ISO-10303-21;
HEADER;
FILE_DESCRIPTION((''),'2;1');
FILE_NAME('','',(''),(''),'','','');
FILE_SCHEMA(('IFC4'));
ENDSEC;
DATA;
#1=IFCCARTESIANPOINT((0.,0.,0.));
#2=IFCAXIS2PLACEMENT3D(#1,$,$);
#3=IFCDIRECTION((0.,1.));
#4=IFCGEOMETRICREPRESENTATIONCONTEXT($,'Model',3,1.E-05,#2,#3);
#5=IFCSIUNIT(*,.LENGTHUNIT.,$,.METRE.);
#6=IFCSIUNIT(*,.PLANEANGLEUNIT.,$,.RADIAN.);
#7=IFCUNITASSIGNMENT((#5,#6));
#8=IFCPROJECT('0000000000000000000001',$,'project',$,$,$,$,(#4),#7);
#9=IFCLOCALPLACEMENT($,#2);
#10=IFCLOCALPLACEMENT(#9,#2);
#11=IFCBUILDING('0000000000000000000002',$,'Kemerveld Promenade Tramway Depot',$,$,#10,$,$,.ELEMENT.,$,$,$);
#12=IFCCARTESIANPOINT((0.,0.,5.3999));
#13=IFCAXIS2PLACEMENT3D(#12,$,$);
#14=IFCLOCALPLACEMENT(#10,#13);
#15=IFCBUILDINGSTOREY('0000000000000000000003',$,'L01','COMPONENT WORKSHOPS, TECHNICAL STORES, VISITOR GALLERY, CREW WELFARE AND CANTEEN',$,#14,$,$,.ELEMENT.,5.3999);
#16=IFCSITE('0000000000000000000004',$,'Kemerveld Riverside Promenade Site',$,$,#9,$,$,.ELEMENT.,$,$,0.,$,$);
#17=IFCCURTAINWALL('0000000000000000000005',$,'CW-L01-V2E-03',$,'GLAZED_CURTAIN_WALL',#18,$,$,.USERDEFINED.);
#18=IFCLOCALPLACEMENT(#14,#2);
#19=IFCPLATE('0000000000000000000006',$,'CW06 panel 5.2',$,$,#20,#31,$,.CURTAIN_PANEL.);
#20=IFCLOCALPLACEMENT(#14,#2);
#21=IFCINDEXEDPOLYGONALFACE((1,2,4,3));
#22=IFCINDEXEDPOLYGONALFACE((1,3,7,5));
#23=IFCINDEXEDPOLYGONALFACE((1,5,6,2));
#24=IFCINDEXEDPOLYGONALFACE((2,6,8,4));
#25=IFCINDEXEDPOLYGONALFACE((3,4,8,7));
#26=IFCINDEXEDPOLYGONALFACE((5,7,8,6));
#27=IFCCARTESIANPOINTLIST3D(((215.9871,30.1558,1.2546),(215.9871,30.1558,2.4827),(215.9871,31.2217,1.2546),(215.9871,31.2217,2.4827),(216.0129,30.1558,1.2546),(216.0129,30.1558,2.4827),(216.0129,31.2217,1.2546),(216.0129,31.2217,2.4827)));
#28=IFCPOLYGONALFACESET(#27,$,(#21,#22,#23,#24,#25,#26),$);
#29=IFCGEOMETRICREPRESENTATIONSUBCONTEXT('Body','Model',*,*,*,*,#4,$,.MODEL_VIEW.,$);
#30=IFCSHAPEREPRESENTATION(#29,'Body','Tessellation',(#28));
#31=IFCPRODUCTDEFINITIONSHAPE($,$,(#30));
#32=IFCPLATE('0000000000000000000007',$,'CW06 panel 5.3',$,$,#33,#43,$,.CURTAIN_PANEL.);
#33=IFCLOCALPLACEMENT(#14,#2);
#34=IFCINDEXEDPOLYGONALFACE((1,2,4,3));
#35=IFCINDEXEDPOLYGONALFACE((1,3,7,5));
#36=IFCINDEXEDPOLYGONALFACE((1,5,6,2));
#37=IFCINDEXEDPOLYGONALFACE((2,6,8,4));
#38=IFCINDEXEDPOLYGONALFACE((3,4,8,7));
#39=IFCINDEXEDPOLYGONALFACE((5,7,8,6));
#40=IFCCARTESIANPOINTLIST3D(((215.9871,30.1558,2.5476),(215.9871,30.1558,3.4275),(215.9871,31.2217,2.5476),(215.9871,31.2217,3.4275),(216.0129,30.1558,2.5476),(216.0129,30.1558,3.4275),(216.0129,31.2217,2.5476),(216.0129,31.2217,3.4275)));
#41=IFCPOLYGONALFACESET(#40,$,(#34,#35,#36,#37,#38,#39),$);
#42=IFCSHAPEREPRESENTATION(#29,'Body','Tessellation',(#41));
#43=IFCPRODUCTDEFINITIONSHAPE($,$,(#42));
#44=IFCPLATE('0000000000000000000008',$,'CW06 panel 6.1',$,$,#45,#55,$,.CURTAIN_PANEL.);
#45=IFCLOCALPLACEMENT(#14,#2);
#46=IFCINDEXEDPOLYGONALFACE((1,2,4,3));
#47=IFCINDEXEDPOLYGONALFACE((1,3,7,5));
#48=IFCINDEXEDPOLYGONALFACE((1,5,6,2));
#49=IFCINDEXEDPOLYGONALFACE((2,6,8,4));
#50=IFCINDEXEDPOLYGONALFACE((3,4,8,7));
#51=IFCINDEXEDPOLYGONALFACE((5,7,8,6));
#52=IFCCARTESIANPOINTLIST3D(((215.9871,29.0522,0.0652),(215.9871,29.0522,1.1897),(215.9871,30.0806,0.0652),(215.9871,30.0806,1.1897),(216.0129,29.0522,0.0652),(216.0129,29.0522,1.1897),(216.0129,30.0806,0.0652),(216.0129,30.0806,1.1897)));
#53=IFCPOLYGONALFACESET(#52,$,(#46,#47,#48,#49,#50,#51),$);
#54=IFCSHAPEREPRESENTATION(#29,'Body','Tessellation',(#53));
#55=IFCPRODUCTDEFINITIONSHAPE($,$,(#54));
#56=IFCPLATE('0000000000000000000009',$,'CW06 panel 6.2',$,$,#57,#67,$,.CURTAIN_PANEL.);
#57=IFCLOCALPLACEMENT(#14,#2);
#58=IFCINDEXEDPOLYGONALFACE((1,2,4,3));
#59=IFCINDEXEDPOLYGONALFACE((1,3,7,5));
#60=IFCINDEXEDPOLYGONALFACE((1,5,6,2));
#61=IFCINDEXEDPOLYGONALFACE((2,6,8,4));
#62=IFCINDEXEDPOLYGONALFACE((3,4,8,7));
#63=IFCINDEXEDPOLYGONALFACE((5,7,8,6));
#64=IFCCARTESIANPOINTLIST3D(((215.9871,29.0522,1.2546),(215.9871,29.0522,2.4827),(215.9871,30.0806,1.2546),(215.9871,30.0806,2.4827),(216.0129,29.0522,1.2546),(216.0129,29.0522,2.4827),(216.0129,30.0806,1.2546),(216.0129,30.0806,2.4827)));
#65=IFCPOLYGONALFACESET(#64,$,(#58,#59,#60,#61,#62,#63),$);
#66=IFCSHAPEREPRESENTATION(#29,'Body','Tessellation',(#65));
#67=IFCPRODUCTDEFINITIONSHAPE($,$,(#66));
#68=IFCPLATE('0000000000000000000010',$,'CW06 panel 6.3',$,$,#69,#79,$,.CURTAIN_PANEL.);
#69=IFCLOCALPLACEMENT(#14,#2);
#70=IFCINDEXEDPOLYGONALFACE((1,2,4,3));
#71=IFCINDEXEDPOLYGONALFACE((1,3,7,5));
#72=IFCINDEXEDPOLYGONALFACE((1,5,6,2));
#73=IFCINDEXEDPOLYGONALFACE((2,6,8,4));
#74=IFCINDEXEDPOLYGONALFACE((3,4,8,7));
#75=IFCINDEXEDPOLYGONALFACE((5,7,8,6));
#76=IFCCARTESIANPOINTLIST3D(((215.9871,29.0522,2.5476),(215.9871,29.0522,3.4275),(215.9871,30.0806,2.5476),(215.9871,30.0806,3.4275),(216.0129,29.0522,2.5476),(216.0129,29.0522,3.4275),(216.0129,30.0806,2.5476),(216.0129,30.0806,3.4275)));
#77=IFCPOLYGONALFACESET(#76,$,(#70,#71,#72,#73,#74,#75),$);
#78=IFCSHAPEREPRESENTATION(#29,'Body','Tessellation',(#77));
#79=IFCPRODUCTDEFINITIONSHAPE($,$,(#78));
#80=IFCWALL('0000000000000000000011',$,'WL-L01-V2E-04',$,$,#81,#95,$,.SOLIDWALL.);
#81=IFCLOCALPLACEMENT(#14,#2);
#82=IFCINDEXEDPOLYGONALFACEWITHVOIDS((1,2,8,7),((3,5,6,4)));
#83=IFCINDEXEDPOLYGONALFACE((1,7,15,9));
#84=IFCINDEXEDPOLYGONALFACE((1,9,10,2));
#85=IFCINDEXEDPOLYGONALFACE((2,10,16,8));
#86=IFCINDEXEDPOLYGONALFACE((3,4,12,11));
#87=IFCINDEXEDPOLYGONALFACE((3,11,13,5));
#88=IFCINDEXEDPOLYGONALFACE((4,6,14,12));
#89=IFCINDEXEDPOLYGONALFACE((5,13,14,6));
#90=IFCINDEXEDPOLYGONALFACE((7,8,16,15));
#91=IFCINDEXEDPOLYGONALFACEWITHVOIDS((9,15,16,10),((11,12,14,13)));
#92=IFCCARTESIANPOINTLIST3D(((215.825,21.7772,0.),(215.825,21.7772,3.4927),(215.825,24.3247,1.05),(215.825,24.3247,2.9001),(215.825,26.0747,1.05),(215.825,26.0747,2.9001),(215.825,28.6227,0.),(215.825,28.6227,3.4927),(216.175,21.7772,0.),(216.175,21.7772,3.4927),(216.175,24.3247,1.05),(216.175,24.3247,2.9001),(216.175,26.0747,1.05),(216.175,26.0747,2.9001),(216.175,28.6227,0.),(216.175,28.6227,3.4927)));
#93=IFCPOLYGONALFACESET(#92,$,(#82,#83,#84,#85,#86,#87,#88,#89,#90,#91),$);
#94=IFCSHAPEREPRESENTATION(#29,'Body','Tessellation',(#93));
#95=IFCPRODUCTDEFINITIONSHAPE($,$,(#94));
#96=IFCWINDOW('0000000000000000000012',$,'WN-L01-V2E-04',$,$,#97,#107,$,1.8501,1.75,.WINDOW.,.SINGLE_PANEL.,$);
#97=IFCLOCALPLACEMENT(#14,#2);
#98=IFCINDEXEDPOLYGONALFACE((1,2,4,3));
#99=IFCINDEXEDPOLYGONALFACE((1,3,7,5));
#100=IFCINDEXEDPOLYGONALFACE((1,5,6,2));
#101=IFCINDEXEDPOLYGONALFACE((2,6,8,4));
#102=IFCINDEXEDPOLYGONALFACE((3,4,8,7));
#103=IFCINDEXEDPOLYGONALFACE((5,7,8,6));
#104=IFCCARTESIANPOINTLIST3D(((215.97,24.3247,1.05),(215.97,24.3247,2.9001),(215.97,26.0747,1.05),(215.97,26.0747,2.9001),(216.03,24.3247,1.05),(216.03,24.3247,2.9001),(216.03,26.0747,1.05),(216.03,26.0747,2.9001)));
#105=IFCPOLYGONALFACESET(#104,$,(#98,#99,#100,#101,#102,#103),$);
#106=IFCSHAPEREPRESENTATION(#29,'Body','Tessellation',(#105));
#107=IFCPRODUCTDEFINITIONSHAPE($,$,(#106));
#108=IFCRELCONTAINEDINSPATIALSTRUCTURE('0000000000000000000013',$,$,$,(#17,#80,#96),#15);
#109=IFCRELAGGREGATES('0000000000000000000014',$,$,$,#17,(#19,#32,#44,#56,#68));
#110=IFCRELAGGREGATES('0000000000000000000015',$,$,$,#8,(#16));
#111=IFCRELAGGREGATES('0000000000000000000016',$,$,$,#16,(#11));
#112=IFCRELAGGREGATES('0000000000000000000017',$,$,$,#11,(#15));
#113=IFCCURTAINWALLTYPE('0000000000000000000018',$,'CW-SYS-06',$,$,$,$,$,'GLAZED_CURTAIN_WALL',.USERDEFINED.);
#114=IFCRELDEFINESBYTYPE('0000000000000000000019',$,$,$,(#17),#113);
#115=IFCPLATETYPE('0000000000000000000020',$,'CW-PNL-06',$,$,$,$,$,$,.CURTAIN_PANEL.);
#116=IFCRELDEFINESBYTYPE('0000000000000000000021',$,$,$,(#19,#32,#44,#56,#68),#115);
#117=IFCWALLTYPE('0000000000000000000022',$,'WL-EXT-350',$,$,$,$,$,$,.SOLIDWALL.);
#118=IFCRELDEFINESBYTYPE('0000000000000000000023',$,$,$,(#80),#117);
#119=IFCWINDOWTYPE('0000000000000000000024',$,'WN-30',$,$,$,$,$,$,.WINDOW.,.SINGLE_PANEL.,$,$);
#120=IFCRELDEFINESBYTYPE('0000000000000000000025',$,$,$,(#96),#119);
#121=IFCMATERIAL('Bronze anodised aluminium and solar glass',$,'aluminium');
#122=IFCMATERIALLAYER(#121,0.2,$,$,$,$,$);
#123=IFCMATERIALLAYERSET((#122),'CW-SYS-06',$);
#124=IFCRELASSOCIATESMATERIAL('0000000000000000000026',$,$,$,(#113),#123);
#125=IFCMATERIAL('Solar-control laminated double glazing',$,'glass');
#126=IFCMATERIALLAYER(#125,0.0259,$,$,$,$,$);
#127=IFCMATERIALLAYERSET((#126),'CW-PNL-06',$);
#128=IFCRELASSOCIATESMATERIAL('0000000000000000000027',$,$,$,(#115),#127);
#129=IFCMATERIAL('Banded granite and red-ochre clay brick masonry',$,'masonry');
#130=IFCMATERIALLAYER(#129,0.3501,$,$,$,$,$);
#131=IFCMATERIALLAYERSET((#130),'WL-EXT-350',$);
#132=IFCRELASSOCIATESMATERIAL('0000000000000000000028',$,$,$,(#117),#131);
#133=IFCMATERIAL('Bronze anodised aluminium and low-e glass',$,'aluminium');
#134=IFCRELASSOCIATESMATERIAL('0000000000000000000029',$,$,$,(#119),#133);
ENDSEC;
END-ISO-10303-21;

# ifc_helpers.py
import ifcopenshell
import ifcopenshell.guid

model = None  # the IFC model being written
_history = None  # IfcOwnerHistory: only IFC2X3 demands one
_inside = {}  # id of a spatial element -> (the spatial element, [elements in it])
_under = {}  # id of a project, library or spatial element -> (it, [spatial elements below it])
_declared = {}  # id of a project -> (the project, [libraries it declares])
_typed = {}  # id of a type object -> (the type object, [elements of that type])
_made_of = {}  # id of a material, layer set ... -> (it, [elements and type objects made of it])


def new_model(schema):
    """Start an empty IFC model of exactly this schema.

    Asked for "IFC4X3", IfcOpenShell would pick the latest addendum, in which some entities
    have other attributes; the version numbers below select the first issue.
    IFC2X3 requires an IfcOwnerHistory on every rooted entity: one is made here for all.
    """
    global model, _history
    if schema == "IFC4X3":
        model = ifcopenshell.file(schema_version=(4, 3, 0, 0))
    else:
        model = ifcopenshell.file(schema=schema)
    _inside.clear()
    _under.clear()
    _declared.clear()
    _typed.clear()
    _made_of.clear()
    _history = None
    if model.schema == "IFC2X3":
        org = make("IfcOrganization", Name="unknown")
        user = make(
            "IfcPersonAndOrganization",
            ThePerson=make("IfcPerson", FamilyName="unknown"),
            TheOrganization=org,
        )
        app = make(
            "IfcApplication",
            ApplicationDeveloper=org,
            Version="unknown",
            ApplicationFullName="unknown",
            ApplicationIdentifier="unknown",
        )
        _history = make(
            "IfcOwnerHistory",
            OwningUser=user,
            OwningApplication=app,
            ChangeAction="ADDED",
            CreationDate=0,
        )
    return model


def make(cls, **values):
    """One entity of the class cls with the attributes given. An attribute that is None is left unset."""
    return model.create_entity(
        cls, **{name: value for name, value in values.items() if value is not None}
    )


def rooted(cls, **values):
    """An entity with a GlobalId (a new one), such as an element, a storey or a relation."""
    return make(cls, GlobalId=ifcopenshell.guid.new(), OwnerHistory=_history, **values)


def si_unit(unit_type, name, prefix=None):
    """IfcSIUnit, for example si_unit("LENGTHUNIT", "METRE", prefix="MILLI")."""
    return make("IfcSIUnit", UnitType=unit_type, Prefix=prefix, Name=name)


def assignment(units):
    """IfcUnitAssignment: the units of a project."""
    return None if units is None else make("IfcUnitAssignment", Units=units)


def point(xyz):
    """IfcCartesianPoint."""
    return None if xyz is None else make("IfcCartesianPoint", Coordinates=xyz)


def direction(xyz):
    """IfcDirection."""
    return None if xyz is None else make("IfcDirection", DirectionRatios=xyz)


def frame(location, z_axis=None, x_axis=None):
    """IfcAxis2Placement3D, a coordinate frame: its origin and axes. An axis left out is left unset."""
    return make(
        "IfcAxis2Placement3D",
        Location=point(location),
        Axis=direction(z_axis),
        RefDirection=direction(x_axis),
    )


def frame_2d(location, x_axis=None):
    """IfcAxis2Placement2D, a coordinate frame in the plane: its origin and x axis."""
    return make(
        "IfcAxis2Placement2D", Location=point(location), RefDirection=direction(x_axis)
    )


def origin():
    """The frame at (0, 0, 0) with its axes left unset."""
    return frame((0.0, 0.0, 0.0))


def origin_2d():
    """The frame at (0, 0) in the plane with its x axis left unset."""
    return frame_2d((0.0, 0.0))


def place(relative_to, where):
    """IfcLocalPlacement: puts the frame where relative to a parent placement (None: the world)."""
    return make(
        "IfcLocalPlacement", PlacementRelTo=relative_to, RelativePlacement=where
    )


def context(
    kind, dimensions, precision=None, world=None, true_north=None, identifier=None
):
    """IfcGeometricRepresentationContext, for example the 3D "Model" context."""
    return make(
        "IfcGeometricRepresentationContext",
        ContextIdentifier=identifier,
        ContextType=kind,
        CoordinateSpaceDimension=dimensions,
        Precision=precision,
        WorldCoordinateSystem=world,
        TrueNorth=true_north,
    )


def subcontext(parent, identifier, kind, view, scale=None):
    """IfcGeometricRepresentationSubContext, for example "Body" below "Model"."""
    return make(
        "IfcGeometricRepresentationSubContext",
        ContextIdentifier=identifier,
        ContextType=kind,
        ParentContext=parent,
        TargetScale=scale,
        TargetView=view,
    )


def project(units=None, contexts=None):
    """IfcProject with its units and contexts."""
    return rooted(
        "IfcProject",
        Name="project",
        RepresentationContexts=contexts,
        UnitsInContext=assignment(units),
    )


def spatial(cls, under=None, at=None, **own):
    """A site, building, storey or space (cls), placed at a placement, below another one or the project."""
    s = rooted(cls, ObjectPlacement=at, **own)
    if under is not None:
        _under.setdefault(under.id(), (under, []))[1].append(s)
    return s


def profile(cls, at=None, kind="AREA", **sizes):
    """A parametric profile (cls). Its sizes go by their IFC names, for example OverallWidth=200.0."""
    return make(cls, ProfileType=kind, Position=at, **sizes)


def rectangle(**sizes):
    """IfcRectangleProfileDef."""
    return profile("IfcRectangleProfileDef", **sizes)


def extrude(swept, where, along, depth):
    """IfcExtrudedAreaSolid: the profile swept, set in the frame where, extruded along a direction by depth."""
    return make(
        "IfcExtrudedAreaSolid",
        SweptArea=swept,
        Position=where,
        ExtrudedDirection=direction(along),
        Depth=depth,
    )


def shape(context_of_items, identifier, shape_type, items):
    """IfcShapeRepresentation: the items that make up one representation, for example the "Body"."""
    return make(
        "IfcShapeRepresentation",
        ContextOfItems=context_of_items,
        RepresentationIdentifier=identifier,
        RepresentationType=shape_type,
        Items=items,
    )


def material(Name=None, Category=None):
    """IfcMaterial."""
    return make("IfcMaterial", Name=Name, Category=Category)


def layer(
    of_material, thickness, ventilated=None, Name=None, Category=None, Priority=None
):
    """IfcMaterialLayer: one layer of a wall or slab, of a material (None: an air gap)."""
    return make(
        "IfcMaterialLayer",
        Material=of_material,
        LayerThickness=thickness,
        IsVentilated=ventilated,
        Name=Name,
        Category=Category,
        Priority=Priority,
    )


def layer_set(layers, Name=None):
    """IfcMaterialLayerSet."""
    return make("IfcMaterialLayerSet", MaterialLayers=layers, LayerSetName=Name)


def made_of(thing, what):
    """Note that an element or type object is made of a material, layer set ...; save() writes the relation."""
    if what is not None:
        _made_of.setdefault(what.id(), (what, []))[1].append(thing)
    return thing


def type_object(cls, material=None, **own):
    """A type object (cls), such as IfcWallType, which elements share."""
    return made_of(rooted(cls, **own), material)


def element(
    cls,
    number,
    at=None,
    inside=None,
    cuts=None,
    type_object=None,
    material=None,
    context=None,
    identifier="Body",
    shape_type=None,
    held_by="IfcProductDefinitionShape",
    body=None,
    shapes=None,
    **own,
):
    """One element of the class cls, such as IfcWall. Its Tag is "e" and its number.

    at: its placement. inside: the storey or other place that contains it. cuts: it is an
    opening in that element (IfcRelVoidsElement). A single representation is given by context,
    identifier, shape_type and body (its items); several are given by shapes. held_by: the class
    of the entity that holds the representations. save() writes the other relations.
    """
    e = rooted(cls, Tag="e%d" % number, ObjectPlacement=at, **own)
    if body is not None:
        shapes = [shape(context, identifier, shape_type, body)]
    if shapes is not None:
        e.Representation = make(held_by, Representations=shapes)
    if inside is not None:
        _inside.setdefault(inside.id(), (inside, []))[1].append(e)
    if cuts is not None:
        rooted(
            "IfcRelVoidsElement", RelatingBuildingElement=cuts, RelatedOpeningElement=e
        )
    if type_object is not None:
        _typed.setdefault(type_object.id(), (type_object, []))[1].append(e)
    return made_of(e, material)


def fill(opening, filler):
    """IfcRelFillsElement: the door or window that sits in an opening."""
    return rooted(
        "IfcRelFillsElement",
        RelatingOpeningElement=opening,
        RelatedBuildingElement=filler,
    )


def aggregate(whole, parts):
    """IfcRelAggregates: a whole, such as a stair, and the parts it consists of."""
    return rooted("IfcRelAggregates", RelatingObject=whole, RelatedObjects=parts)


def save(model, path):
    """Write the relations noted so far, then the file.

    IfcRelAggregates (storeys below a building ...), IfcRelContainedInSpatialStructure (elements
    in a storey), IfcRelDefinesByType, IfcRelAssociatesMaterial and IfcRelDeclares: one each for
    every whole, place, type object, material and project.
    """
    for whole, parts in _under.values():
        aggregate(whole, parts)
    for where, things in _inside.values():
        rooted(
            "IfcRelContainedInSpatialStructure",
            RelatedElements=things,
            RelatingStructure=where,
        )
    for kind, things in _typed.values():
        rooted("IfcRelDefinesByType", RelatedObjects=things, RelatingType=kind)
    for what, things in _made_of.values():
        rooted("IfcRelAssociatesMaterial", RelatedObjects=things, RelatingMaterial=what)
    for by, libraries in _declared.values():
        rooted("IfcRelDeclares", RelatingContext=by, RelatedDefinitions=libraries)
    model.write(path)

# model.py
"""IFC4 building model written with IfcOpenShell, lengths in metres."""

from ifc_helpers import new_model, si_unit, direction, frame, frame_2d, origin, origin_2d, place, context, subcontext, project, spatial, rectangle, extrude, material, layer, layer_set, type_object, element, fill, aggregate, save


model = new_model("IFC4")

# Units and contexts
model_context = context("Model", 3, precision=1e-05, world=origin(), true_north=direction((0.0, 1.0)))
body_context = subcontext(model_context, "Body", "Model", "MODEL_VIEW")
ifc_project = project(units=[si_unit("LENGTHUNIT", "METRE"), si_unit("PLANEANGLEUNIT", "RADIAN")], contexts=[model_context])

# Site, building, storey
site_placement = place(None, origin())
site = spatial("IfcSite", under=ifc_project, at=site_placement, Name="Kemerveld Riverside Promenade Site", CompositionType="ELEMENT", RefElevation=0.0)
building_placement = place(site_placement, origin())
building = spatial("IfcBuilding", under=site, at=building_placement, Name="Kemerveld Promenade Tramway Depot", CompositionType="ELEMENT")
storey_placement = place(building_placement, frame((0.0, 0.0, 5.3999)))
storey = spatial("IfcBuildingStorey", under=building, at=storey_placement, Name="L01", Description="COMPONENT WORKSHOPS, TECHNICAL STORES, VISITOR GALLERY, CREW WELFARE AND CANTEEN", CompositionType="ELEMENT", Elevation=5.3999)

# Curtain wall
ifc_material_1 = material(Name="Bronze anodised aluminium and solar glass", Category="aluminium")
ifc_layer_1 = layer(ifc_material_1, 0.2)
ifc_layer_set_1 = layer_set([ifc_layer_1], Name="CW-SYS-06")
curtain_wall_type_1 = type_object("IfcCurtainWallType", Name="CW-SYS-06", ElementType="GLAZED_CURTAIN_WALL", PredefinedType="USERDEFINED", material=ifc_layer_set_1)
curtain_wall_1_placement = place(storey_placement, origin())
curtain_wall_1 = element("IfcCurtainWall", 1, at=curtain_wall_1_placement, inside=storey, type_object=curtain_wall_type_1, Name="CW-L01-V2E-03", ObjectType="GLAZED_CURTAIN_WALL", PredefinedType="USERDEFINED")

# Plates
ifc_material_2 = material(Name="Solar-control laminated double glazing", Category="glass")
ifc_layer_2 = layer(ifc_material_2, 0.0259)
ifc_layer_set_2 = layer_set([ifc_layer_2], Name="CW-PNL-06")
plate_type = type_object("IfcPlateType", Name="CW-PNL-06", PredefinedType="CURTAIN_PANEL", material=ifc_layer_set_2)
plate_1_placement = place(storey_placement, frame((216.0, 30.6887, 1.2546), z_axis=(0.0, 0.0, 1.0), x_axis=(0.0, -1.0, 0.0)))
plate_1 = element("IfcPlate", 2, at=plate_1_placement, type_object=plate_type, Name="CW06 panel 5.2", PredefinedType="CURTAIN_PANEL", context=body_context, shape_type="SweptSolid", body=[
    extrude(rectangle(XDim=1.0659, YDim=0.0259, at=origin_2d()), origin(), (0.0, 0.0, 1.0), 1.228),
])
plate_2_placement = place(storey_placement, frame((216.0, 30.6887, 2.5476), z_axis=(0.0, 0.0, 1.0), x_axis=(0.0, -1.0, 0.0)))
plate_2 = element("IfcPlate", 3, at=plate_2_placement, type_object=plate_type, Name="CW06 panel 5.3", PredefinedType="CURTAIN_PANEL", context=body_context, shape_type="SweptSolid", body=[
    extrude(rectangle(XDim=1.0659, YDim=0.0259, at=origin_2d()), origin(), (0.0, 0.0, 1.0), 0.8799),
])
plate_3_placement = place(storey_placement, frame((216.0, 29.5664, 0.0652), z_axis=(0.0, 0.0, 1.0), x_axis=(0.0, -1.0, 0.0)))
plate_3 = element("IfcPlate", 4, at=plate_3_placement, type_object=plate_type, Name="CW06 panel 6.1", PredefinedType="CURTAIN_PANEL", context=body_context, shape_type="SweptSolid", body=[
    extrude(rectangle(XDim=1.0283, YDim=0.0259, at=origin_2d()), origin(), (0.0, 0.0, 1.0), 1.1245),
])
plate_4_placement = place(storey_placement, frame((216.0, 29.5664, 1.2546), z_axis=(0.0, 0.0, 1.0), x_axis=(0.0, -1.0, 0.0)))
plate_4 = element("IfcPlate", 5, at=plate_4_placement, type_object=plate_type, Name="CW06 panel 6.2", PredefinedType="CURTAIN_PANEL", context=body_context, shape_type="SweptSolid", body=[
    extrude(rectangle(XDim=1.0283, YDim=0.0259, at=origin_2d()), origin(), (0.0, 0.0, 1.0), 1.228),
])
plate_5_placement = place(storey_placement, frame((216.0, 29.5664, 2.5476), z_axis=(0.0, 0.0, 1.0), x_axis=(0.0, -1.0, 0.0)))
plate_5 = element("IfcPlate", 6, at=plate_5_placement, type_object=plate_type, Name="CW06 panel 6.3", PredefinedType="CURTAIN_PANEL", context=body_context, shape_type="SweptSolid", body=[
    extrude(rectangle(XDim=1.0283, YDim=0.0259, at=origin_2d()), origin(), (0.0, 0.0, 1.0), 0.8799),
])
aggregate(curtain_wall_1, [plate_1, plate_2, plate_3, plate_4, plate_5])

# Wall, opening, window
ifc_material_3 = material(Name="Banded granite and red-ochre clay brick masonry", Category="masonry")
ifc_layer_3 = layer(ifc_material_3, 0.3501)
ifc_layer_set_3 = layer_set([ifc_layer_3], Name="WL-EXT-350")
wall_type = type_object("IfcWallType", Name="WL-EXT-350", PredefinedType="SOLIDWALL", material=ifc_layer_set_3)
wall_placement = place(storey_placement, frame((216.0, 28.6228, 0.0), z_axis=(0.0, 0.0, 1.0), x_axis=(0.0, -1.0, 0.0)))
wall = element("IfcWall", 7, at=wall_placement, inside=storey, type_object=wall_type, Name="WL-L01-V2E-04", PredefinedType="SOLIDWALL", context=body_context, shape_type="SweptSolid", body=[
    extrude(rectangle(XDim=6.8455, YDim=0.3501, at=frame_2d((3.4229, 0.0))), origin(), (0.0, 0.0, 1.0), 3.4927),
])
opening_placement = place(wall_placement, frame((2.5481, 0.0, 1.05)))
opening = element("IfcOpeningElement", 8, at=opening_placement, cuts=wall, PredefinedType="OPENING", context=body_context, shape_type="SweptSolid", body=[
    extrude(rectangle(XDim=1.75, YDim=1.8501, at=frame_2d((0.875, 0.925))), frame((0.0, 0.1851, 0.0), z_axis=(0.0, -1.0, 0.0), x_axis=(1.0, 0.0, 0.0)), (0.0, 0.0, 1.0), 0.3701),
])
ifc_material_4 = material(Name="Bronze anodised aluminium and low-e glass", Category="aluminium")
window_type = type_object("IfcWindowType", Name="WN-30", PartitioningType="SINGLE_PANEL", PredefinedType="WINDOW", material=ifc_material_4)
window_placement = place(opening_placement, origin())
window = element("IfcWindow", 9, at=window_placement, inside=storey, type_object=window_type, Name="WN-L01-V2E-04", OverallHeight=1.8501, OverallWidth=1.75, PartitioningType="SINGLE_PANEL", PredefinedType="WINDOW", context=body_context, shape_type="SweptSolid", body=[
    extrude(rectangle(XDim=1.75, YDim=1.8501, at=frame_2d((0.875, 0.925))), frame((0.0, 0.03, 0.0), z_axis=(0.0, -1.0, 0.0), x_axis=(1.0, 0.0, 0.0)), (0.0, 0.0, 1.0), 0.0601),
])
fill(opening, window)

save(model, "model.ifc")
